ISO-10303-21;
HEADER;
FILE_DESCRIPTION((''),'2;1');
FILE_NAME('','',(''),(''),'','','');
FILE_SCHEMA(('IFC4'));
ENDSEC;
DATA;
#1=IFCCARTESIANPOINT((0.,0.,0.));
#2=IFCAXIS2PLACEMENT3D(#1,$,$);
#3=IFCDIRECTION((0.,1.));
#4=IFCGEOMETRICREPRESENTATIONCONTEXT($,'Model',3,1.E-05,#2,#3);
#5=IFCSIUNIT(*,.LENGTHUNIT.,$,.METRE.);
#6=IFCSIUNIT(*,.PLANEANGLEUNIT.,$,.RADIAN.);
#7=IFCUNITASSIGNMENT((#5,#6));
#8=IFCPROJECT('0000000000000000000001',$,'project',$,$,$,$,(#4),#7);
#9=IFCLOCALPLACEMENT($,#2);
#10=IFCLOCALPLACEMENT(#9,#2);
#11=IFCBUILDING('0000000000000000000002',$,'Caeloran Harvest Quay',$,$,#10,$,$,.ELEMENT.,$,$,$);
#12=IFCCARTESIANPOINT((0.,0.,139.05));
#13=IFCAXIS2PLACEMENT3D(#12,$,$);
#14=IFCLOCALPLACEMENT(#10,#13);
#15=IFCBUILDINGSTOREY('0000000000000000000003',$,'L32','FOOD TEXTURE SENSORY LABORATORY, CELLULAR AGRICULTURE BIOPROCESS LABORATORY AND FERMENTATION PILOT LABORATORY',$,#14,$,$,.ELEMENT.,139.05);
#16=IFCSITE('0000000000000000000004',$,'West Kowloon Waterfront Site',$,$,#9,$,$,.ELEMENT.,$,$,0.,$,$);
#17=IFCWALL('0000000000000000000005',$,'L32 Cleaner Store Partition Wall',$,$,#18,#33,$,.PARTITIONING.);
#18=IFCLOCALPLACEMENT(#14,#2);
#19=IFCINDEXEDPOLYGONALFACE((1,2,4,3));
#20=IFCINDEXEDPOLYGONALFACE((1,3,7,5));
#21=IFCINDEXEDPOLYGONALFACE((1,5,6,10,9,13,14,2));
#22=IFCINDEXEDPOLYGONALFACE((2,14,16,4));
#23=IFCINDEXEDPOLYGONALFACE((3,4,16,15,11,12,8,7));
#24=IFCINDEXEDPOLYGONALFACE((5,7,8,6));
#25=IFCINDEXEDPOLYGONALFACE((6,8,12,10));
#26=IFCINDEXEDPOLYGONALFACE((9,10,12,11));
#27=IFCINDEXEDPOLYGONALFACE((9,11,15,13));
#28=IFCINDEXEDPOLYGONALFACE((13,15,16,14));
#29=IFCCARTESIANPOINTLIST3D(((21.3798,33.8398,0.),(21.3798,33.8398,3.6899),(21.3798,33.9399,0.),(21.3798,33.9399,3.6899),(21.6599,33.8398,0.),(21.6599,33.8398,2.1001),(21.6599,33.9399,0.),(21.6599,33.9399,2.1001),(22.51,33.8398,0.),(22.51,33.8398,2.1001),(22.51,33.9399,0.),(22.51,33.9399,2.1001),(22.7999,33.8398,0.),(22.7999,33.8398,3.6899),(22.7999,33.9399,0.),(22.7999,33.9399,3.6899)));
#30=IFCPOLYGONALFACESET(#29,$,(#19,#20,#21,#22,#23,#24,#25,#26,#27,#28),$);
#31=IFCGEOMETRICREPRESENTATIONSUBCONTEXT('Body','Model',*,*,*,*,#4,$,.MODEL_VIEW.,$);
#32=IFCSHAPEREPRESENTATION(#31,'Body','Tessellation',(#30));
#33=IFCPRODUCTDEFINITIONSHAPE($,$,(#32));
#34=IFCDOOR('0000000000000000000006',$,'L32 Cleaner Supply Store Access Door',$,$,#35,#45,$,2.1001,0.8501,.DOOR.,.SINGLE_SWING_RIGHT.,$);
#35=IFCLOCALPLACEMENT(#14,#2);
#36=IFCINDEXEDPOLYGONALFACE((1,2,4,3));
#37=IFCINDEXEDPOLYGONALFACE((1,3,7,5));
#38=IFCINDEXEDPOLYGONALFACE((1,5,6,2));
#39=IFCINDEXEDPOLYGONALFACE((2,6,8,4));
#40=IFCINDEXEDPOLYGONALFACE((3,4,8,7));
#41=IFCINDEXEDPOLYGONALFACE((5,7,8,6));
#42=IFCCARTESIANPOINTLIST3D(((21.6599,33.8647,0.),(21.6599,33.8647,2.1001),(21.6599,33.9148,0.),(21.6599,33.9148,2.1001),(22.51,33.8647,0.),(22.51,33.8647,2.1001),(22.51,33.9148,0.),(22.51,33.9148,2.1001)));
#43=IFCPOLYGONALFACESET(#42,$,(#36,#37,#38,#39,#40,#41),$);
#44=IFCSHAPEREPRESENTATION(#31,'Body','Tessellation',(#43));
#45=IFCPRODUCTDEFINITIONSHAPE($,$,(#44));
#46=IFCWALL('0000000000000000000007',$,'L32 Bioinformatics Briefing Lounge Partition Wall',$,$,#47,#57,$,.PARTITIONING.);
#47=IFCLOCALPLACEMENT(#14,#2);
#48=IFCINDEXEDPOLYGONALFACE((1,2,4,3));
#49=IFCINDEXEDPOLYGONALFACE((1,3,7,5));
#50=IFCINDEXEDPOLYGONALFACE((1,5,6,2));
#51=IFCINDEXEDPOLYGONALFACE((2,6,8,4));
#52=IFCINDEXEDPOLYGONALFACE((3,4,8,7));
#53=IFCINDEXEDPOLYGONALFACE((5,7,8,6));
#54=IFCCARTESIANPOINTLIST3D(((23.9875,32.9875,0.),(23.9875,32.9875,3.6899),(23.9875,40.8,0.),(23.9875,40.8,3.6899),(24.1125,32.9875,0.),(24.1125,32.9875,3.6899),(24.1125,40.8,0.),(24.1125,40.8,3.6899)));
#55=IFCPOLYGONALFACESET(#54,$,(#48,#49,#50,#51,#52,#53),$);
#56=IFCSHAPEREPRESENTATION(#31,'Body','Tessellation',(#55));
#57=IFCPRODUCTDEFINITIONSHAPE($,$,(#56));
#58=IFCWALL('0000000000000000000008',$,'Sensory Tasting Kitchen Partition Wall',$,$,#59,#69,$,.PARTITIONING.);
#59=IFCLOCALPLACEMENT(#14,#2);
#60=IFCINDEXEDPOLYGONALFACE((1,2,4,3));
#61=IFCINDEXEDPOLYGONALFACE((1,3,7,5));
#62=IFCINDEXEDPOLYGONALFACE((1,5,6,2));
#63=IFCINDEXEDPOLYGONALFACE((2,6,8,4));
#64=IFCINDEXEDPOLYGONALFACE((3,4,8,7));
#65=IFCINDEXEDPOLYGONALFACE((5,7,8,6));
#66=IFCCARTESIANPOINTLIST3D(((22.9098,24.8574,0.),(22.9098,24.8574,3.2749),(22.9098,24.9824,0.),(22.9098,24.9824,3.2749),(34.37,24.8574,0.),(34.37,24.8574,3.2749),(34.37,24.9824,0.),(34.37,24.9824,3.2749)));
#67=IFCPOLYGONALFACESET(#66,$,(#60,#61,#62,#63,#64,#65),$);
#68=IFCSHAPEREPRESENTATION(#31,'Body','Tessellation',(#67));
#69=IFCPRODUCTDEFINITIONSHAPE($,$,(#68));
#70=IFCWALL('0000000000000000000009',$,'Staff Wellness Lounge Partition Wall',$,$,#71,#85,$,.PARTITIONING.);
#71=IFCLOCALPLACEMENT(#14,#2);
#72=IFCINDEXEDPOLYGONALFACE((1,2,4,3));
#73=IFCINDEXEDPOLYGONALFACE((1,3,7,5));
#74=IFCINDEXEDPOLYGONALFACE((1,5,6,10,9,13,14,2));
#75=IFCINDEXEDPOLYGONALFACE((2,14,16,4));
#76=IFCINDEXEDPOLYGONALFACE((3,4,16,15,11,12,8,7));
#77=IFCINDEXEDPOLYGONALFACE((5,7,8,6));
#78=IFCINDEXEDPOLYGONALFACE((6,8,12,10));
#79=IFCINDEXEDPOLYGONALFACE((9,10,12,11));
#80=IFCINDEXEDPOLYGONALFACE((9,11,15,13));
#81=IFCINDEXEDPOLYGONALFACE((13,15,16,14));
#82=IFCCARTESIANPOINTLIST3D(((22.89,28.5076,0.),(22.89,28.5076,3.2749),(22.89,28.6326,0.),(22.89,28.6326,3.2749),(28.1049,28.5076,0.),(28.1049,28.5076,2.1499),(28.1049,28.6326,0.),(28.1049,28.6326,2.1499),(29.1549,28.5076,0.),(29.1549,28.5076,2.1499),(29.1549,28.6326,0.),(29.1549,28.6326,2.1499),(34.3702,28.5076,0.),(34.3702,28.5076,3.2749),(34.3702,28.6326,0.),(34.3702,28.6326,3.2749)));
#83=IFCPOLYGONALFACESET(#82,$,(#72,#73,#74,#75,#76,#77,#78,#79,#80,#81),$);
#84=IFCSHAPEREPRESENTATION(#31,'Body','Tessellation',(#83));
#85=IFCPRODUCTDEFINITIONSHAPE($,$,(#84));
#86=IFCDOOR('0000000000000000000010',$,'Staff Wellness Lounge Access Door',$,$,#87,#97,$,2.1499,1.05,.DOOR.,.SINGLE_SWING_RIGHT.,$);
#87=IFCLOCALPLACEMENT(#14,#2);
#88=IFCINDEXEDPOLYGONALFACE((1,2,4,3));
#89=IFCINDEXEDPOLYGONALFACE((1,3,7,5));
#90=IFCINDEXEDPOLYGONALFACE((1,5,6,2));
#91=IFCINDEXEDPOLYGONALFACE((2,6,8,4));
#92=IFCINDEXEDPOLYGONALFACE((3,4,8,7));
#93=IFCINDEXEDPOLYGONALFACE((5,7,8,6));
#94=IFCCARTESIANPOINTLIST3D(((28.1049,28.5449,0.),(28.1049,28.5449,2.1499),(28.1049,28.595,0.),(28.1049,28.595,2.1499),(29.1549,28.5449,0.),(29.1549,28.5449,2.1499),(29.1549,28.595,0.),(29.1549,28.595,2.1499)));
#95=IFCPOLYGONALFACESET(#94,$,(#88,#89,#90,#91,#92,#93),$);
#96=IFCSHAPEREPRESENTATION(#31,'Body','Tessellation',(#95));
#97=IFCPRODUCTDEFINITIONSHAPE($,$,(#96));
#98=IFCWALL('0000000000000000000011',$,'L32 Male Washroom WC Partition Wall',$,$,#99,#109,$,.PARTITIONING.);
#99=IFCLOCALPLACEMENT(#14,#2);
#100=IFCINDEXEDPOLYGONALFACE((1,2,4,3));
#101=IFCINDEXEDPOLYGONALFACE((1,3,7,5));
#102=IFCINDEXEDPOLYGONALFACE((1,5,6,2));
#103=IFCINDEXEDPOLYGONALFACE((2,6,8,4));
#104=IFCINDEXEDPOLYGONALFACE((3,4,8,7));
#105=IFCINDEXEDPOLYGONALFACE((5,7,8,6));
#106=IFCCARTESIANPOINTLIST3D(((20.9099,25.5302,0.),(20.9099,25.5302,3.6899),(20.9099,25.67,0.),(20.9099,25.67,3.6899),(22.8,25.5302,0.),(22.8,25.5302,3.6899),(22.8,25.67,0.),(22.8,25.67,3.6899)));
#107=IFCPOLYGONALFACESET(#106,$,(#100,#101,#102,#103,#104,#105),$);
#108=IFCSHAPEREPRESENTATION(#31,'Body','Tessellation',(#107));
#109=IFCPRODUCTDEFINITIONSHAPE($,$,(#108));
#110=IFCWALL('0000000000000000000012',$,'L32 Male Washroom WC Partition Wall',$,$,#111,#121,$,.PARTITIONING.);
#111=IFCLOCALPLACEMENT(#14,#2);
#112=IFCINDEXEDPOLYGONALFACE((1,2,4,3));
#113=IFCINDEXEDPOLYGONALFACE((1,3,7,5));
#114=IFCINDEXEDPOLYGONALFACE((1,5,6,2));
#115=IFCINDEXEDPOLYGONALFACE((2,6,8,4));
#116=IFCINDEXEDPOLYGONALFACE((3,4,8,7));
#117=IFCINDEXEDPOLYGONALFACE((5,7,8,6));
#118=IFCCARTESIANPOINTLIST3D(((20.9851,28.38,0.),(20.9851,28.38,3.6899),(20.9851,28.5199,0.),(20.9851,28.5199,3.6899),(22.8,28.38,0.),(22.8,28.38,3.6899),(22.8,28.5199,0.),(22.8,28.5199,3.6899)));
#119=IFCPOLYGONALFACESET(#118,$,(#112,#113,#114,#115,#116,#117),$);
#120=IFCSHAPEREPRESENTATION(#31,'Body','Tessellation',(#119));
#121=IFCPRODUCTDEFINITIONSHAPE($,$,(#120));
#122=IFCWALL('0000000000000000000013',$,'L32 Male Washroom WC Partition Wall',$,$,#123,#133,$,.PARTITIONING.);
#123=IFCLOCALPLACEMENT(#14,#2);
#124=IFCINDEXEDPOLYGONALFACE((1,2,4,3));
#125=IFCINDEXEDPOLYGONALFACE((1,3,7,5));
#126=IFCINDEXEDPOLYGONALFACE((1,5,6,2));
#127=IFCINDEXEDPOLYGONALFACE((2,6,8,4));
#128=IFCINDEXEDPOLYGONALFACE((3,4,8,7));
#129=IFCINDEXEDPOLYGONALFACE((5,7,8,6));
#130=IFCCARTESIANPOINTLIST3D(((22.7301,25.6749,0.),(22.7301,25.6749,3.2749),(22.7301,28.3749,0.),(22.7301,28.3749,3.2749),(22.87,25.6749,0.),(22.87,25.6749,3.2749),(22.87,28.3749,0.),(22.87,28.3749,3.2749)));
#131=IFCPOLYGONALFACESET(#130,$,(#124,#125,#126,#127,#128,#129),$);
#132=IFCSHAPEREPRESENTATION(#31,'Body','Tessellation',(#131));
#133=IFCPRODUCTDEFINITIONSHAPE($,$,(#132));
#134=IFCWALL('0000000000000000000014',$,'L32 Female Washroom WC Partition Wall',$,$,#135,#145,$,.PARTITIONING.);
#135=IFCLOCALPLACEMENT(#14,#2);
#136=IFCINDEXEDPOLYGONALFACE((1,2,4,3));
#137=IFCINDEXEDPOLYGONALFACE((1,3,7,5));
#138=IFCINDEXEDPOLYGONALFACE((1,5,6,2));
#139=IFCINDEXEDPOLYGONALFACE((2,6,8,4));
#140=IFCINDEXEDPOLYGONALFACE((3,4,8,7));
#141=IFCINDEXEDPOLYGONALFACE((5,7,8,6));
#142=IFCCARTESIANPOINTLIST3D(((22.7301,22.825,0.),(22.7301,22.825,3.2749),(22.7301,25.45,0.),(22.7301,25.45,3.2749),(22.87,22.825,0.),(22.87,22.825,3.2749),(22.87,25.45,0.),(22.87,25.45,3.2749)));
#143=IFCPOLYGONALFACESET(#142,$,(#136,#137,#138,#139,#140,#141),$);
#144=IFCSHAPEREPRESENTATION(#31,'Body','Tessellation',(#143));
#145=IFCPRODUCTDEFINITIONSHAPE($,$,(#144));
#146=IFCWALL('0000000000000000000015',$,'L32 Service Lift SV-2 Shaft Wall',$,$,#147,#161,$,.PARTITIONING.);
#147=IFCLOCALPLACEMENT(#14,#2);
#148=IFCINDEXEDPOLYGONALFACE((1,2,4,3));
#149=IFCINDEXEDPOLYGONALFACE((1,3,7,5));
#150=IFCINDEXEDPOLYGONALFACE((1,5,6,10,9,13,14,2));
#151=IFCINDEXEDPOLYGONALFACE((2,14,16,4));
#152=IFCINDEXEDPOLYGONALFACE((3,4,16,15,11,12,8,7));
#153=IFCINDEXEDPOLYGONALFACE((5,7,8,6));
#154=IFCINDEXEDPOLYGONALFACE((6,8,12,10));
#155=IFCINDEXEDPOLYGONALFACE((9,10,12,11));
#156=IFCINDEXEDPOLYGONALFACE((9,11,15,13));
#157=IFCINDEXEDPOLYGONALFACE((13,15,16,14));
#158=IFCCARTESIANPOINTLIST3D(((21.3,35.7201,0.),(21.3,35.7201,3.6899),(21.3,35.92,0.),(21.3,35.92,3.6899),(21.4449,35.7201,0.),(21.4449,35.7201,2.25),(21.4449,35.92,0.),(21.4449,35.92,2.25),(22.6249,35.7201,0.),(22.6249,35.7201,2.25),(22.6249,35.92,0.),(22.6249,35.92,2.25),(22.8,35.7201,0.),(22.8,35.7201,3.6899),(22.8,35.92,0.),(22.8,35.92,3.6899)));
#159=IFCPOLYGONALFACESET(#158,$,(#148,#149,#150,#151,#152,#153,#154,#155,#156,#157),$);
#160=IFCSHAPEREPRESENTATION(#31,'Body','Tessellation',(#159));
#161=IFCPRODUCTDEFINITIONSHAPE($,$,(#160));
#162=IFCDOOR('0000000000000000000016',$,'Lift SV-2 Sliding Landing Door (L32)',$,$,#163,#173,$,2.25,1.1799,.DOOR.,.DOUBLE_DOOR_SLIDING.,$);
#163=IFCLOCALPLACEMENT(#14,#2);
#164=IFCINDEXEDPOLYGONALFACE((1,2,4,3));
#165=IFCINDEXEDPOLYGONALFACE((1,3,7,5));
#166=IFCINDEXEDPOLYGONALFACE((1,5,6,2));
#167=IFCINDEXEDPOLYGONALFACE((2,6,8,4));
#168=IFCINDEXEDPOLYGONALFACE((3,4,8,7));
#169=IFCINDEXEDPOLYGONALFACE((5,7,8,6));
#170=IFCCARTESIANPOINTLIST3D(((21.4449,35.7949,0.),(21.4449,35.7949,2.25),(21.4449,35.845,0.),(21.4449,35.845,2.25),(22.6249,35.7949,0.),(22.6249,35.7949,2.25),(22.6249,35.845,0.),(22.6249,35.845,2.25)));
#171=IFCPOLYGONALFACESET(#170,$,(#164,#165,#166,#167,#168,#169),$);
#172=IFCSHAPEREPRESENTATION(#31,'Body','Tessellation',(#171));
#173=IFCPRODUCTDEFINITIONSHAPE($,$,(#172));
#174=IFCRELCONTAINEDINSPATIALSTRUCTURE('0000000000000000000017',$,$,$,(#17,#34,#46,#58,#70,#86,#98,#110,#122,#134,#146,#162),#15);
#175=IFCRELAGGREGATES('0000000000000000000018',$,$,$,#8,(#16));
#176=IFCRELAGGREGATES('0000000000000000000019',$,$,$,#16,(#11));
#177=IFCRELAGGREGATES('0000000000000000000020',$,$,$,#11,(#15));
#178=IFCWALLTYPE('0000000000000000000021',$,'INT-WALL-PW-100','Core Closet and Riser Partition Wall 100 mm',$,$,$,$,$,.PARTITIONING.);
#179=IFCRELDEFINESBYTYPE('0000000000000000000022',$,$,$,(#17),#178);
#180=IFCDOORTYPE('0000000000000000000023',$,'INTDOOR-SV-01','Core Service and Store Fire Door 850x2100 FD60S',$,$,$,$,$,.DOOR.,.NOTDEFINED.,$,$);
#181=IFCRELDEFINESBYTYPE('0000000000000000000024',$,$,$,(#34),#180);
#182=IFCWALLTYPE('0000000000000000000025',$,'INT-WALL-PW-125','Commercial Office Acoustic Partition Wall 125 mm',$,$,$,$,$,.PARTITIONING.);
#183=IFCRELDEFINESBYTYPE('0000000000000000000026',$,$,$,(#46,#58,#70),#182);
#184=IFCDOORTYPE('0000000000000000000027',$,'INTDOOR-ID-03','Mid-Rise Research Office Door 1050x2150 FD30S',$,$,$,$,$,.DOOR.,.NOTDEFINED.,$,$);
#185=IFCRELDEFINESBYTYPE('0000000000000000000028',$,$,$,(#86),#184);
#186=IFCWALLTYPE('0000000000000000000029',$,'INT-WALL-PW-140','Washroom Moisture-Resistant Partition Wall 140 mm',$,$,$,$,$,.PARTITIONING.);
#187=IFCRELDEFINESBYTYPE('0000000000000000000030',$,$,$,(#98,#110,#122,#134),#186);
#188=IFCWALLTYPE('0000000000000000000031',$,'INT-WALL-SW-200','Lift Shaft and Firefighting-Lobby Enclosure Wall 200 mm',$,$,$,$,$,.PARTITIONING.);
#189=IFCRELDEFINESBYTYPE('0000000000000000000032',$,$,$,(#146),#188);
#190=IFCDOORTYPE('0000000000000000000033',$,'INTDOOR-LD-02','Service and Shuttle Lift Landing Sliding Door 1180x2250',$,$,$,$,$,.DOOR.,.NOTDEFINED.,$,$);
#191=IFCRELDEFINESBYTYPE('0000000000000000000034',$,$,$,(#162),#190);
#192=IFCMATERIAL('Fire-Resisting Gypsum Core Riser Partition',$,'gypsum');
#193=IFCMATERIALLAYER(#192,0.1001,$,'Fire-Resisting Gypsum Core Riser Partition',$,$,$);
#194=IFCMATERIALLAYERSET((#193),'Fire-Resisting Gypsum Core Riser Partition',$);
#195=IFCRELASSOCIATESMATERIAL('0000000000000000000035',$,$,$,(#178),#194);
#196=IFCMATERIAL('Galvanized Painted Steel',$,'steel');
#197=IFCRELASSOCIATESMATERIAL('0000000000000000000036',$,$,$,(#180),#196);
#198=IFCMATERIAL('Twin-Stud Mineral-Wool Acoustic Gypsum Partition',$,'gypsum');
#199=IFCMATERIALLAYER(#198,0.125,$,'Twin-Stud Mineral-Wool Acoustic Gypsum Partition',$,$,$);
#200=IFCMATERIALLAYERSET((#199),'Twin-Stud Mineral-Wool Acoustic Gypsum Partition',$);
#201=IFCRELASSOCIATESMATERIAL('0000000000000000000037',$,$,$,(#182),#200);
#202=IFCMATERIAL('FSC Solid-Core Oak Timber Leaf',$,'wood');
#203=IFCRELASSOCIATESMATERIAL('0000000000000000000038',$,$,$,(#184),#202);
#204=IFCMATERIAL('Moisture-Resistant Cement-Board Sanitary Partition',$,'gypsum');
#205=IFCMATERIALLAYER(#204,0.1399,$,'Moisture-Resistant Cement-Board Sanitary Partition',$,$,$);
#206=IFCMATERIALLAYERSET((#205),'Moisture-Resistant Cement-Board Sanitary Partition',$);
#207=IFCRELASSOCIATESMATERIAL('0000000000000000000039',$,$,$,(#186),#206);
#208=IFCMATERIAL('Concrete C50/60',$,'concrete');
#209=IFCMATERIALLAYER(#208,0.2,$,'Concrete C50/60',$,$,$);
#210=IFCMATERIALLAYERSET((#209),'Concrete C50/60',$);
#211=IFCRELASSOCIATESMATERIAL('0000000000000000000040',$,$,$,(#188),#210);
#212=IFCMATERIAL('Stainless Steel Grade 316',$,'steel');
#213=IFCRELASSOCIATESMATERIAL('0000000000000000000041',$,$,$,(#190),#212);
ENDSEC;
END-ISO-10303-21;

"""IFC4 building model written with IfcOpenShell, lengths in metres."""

from ifc_helpers import new_model, si_unit, direction, frame, frame_2d, origin, place, context, subcontext, project, spatial, rectangle, extrude, material, layer, layer_set, type_object, element, fill, save


model = new_model("IFC4")

# Units and contexts
model_context = context("Model", 3, precision=1e-05, world=origin(), true_north=direction((0.0, 1.0)))
body_context = subcontext(model_context, "Body", "Model", "MODEL_VIEW")
ifc_project = project(units=[si_unit("LENGTHUNIT", "METRE"), si_unit("PLANEANGLEUNIT", "RADIAN")], contexts=[model_context])

# Site, building, storey
site_placement = place(None, origin())
site = spatial("IfcSite", under=ifc_project, at=site_placement, Name="West Kowloon Waterfront Site", CompositionType="ELEMENT", RefElevation=0.0)
building_placement = place(site_placement, origin())
building = spatial("IfcBuilding", under=site, at=building_placement, Name="Caeloran Harvest Quay", CompositionType="ELEMENT")
storey_placement = place(building_placement, frame((0.0, 0.0, 139.05)))
storey = spatial("IfcBuildingStorey", under=building, at=storey_placement, Name="L32", Description="FOOD TEXTURE SENSORY LABORATORY, CELLULAR AGRICULTURE BIOPROCESS LABORATORY AND FERMENTATION PILOT LABORATORY", CompositionType="ELEMENT", Elevation=139.05)

# Wall, opening, door
ifc_material_1 = material(Name="Fire-Resisting Gypsum Core Riser Partition", Category="gypsum")
ifc_layer_1 = layer(ifc_material_1, 0.1001, Name="Fire-Resisting Gypsum Core Riser Partition")
ifc_layer_set_1 = layer_set([ifc_layer_1], Name="Fire-Resisting Gypsum Core Riser Partition")
wall_type_1 = type_object("IfcWallType", Name="INT-WALL-PW-100", Description="Core Closet and Riser Partition Wall 100 mm", PredefinedType="PARTITIONING", material=ifc_layer_set_1)
wall_1_placement = place(storey_placement, frame((21.3799, 33.8899, 0.0), z_axis=(0.0, 0.0, 1.0), x_axis=(1.0, 0.0, 0.0)))
wall_1 = element("IfcWall", 1, at=wall_1_placement, inside=storey, type_object=wall_type_1, Name="L32 Cleaner Store Partition Wall", PredefinedType="PARTITIONING", context=body_context, shape_type="SweptSolid", body=[
    extrude(rectangle(XDim=1.4202, YDim=0.1001, at=frame_2d((0.71, 0.0))), origin(), (0.0, 0.0, 1.0), 3.6899),
])
opening_1_placement = place(wall_1_placement, frame((0.28, 0.0, 0.0)))
opening_1 = element("IfcOpeningElement", 2, at=opening_1_placement, cuts=wall_1, PredefinedType="OPENING", context=body_context, shape_type="SweptSolid", body=[
    extrude(rectangle(XDim=0.8501, YDim=2.1001, at=frame_2d((0.425, 1.05))), frame((0.0, 0.0601, 0.0), z_axis=(0.0, -1.0, 0.0), x_axis=(1.0, 0.0, 0.0)), (0.0, 0.0, 1.0), 0.1201),
])
ifc_material_2 = material(Name="Galvanized Painted Steel", Category="steel")
door_type_1 = type_object("IfcDoorType", Name="INTDOOR-SV-01", Description="Core Service and Store Fire Door 850x2100 FD60S", OperationType="NOTDEFINED", PredefinedType="DOOR", material=ifc_material_2)
door_1_placement = place(opening_1_placement, origin())
door_1 = element("IfcDoor", 3, at=door_1_placement, inside=storey, type_object=door_type_1, Name="L32 Cleaner Supply Store Access Door", OperationType="SINGLE_SWING_RIGHT", OverallHeight=2.1001, OverallWidth=0.8501, PredefinedType="DOOR", context=body_context, shape_type="SweptSolid", body=[
    extrude(rectangle(XDim=0.8501, YDim=2.1001, at=frame_2d((0.425, 1.05))), frame((0.0, 0.0249, 0.0), z_axis=(0.0, -1.0, 0.0), x_axis=(1.0, 0.0, 0.0)), (0.0, 0.0, 1.0), 0.05),
])
fill(opening_1, door_1)

# Walls
ifc_material_3 = material(Name="Twin-Stud Mineral-Wool Acoustic Gypsum Partition", Category="gypsum")
ifc_layer_2 = layer(ifc_material_3, 0.125, Name="Twin-Stud Mineral-Wool Acoustic Gypsum Partition")
ifc_layer_set_2 = layer_set([ifc_layer_2], Name="Twin-Stud Mineral-Wool Acoustic Gypsum Partition")
wall_type_2 = type_object("IfcWallType", Name="INT-WALL-PW-125", Description="Commercial Office Acoustic Partition Wall 125 mm", PredefinedType="PARTITIONING", material=ifc_layer_set_2)
wall_2_placement = place(storey_placement, frame((24.05, 32.9875, 0.0), z_axis=(0.0, 0.0, 1.0), x_axis=(0.0, 1.0, 0.0)))
element("IfcWall", 4, at=wall_2_placement, inside=storey, type_object=wall_type_2, Name="L32 Bioinformatics Briefing Lounge Partition Wall", PredefinedType="PARTITIONING", context=body_context, shape_type="SweptSolid", body=[
    extrude(rectangle(XDim=7.8125, YDim=0.125, at=frame_2d((3.9062, 0.0))), origin(), (0.0, 0.0, 1.0), 3.6899),
])
wall_3_placement = place(storey_placement, frame((22.9099, 24.9199, 0.0), z_axis=(0.0, 0.0, 1.0), x_axis=(1.0, 0.0, 0.0)))
element("IfcWall", 5, at=wall_3_placement, inside=storey, type_object=wall_type_2, Name="Sensory Tasting Kitchen Partition Wall", PredefinedType="PARTITIONING", context=body_context, shape_type="SweptSolid", body=[
    extrude(rectangle(XDim=11.4602, YDim=0.125, at=frame_2d((5.73, 0.0))), origin(), (0.0, 0.0, 1.0), 3.2749),
])

# Wall, opening, door
wall_4_placement = place(storey_placement, frame((22.8899, 28.5701, 0.0), z_axis=(0.0, 0.0, 1.0), x_axis=(1.0, 0.0, 0.0)))
wall_4 = element("IfcWall", 6, at=wall_4_placement, inside=storey, type_object=wall_type_2, Name="Staff Wellness Lounge Partition Wall", PredefinedType="PARTITIONING", context=body_context, shape_type="SweptSolid", body=[
    extrude(rectangle(XDim=11.4802, YDim=0.125, at=frame_2d((5.7402, 0.0))), origin(), (0.0, 0.0, 1.0), 3.2749),
])
opening_2_placement = place(wall_4_placement, frame((5.2151, 0.0, 0.0)))
opening_2 = element("IfcOpeningElement", 7, at=opening_2_placement, cuts=wall_4, PredefinedType="OPENING", context=body_context, shape_type="SweptSolid", body=[
    extrude(rectangle(XDim=1.05, YDim=2.1499, at=frame_2d((0.5249, 1.075))), frame((0.0, 0.0725, 0.0), z_axis=(0.0, -1.0, 0.0), x_axis=(1.0, 0.0, 0.0)), (0.0, 0.0, 1.0), 0.145),
])
ifc_material_4 = material(Name="FSC Solid-Core Oak Timber Leaf", Category="wood")
door_type_2 = type_object("IfcDoorType", Name="INTDOOR-ID-03", Description="Mid-Rise Research Office Door 1050x2150 FD30S", OperationType="NOTDEFINED", PredefinedType="DOOR", material=ifc_material_4)
door_2_placement = place(opening_2_placement, origin())
door_2 = element("IfcDoor", 8, at=door_2_placement, inside=storey, type_object=door_type_2, Name="Staff Wellness Lounge Access Door", OperationType="SINGLE_SWING_RIGHT", OverallHeight=2.1499, OverallWidth=1.05, PredefinedType="DOOR", context=body_context, shape_type="SweptSolid", body=[
    extrude(rectangle(XDim=1.05, YDim=2.1499, at=frame_2d((0.5249, 1.075))), frame((0.0, 0.0249, 0.0), z_axis=(0.0, -1.0, 0.0), x_axis=(1.0, 0.0, 0.0)), (0.0, 0.0, 1.0), 0.05),
])
fill(opening_2, door_2)

# Wall
ifc_material_5 = material(Name="Moisture-Resistant Cement-Board Sanitary Partition", Category="gypsum")
ifc_layer_3 = layer(ifc_material_5, 0.1399, Name="Moisture-Resistant Cement-Board Sanitary Partition")
ifc_layer_set_3 = layer_set([ifc_layer_3], Name="Moisture-Resistant Cement-Board Sanitary Partition")
wall_type_3 = type_object("IfcWallType", Name="INT-WALL-PW-140", Description="Washroom Moisture-Resistant Partition Wall 140 mm", PredefinedType="PARTITIONING", material=ifc_layer_set_3)
wall_5_placement = place(storey_placement, frame((22.8, 25.6001, 0.0), z_axis=(0.0, 0.0, 1.0), x_axis=(-1.0, 0.0, 0.0)))
element("IfcWall", 9, at=wall_5_placement, inside=storey, type_object=wall_type_3, Name="L32 Male Washroom WC Partition Wall", PredefinedType="PARTITIONING", context=body_context, shape_type="SweptSolid", body=[
    extrude(rectangle(XDim=1.8901, YDim=0.1399, at=frame_2d((0.9451, 0.0))), origin(), (0.0, 0.0, 1.0), 3.6899),
])

# Walls
wall_6_placement = place(storey_placement, frame((20.9851, 28.45, 0.0), z_axis=(0.0, 0.0, 1.0), x_axis=(1.0, 0.0, 0.0)))
element("IfcWall", 10, at=wall_6_placement, inside=storey, type_object=wall_type_3, Name="L32 Male Washroom WC Partition Wall", PredefinedType="PARTITIONING", context=body_context, shape_type="SweptSolid", body=[
    extrude(rectangle(XDim=1.8149, YDim=0.1399, at=frame_2d((0.9075, 0.0))), origin(), (0.0, 0.0, 1.0), 3.6899),
])
wall_7_placement = place(storey_placement, frame((22.8, 28.375, 0.0), z_axis=(0.0, 0.0, 1.0), x_axis=(0.0, -1.0, 0.0)))
element("IfcWall", 11, at=wall_7_placement, inside=storey, type_object=wall_type_3, Name="L32 Male Washroom WC Partition Wall", PredefinedType="PARTITIONING", context=body_context, shape_type="SweptSolid", body=[
    extrude(rectangle(XDim=2.7, YDim=0.1399, at=frame_2d((1.3501, 0.0))), origin(), (0.0, 0.0, 1.0), 3.2749),
])
wall_8_placement = place(storey_placement, frame((22.8, 25.45, 0.0), z_axis=(0.0, 0.0, 1.0), x_axis=(0.0, -1.0, 0.0)))
element("IfcWall", 12, at=wall_8_placement, inside=storey, type_object=wall_type_3, Name="L32 Female Washroom WC Partition Wall", PredefinedType="PARTITIONING", context=body_context, shape_type="SweptSolid", body=[
    extrude(rectangle(XDim=2.625, YDim=0.1399, at=frame_2d((1.3125, 0.0))), origin(), (0.0, 0.0, 1.0), 3.2749),
])

# Wall, opening, door
ifc_material_6 = material(Name="Concrete C50/60", Category="concrete")
ifc_layer_4 = layer(ifc_material_6, 0.2, Name="Concrete C50/60")
ifc_layer_set_4 = layer_set([ifc_layer_4], Name="Concrete C50/60")
wall_type_4 = type_object("IfcWallType", Name="INT-WALL-SW-200", Description="Lift Shaft and Firefighting-Lobby Enclosure Wall 200 mm", PredefinedType="PARTITIONING", material=ifc_layer_set_4)
wall_9_placement = place(storey_placement, frame((21.3, 35.8201, 0.0), z_axis=(0.0, 0.0, 1.0), x_axis=(1.0, 0.0, 0.0)))
wall_9 = element("IfcWall", 13, at=wall_9_placement, inside=storey, type_object=wall_type_4, Name="L32 Service Lift SV-2 Shaft Wall", PredefinedType="PARTITIONING", context=body_context, shape_type="SweptSolid", body=[
    extrude(rectangle(XDim=1.5, YDim=0.2, at=frame_2d((0.75, 0.0))), origin(), (0.0, 0.0, 1.0), 3.6899),
])
opening_3_placement = place(wall_9_placement, frame((0.145, 0.0, 0.0)))
opening_3 = element("IfcOpeningElement", 14, at=opening_3_placement, cuts=wall_9, PredefinedType="OPENING", context=body_context, shape_type="SweptSolid", body=[
    extrude(rectangle(XDim=1.1799, YDim=2.25, at=frame_2d((0.5898, 1.125))), frame((0.0, 0.1099, 0.0), z_axis=(0.0, -1.0, 0.0), x_axis=(1.0, 0.0, 0.0)), (0.0, 0.0, 1.0), 0.22),
])
ifc_material_7 = material(Name="Stainless Steel Grade 316", Category="steel")
door_type_3 = type_object("IfcDoorType", Name="INTDOOR-LD-02", Description="Service and Shuttle Lift Landing Sliding Door 1180x2250", OperationType="NOTDEFINED", PredefinedType="DOOR", material=ifc_material_7)
door_3_placement = place(opening_3_placement, origin())
door_3 = element("IfcDoor", 15, at=door_3_placement, inside=storey, type_object=door_type_3, Name="Lift SV-2 Sliding Landing Door (L32)", OperationType="DOUBLE_DOOR_SLIDING", OverallHeight=2.25, OverallWidth=1.1799, PredefinedType="DOOR", context=body_context, shape_type="SweptSolid", body=[
    extrude(rectangle(XDim=1.1799, YDim=2.25, at=frame_2d((0.5898, 1.125))), frame((0.0, 0.0249, 0.0), z_axis=(0.0, -1.0, 0.0), x_axis=(1.0, 0.0, 0.0)), (0.0, 0.0, 1.0), 0.05),
])
fill(opening_3, door_3)

save(model, "model.ifc")
